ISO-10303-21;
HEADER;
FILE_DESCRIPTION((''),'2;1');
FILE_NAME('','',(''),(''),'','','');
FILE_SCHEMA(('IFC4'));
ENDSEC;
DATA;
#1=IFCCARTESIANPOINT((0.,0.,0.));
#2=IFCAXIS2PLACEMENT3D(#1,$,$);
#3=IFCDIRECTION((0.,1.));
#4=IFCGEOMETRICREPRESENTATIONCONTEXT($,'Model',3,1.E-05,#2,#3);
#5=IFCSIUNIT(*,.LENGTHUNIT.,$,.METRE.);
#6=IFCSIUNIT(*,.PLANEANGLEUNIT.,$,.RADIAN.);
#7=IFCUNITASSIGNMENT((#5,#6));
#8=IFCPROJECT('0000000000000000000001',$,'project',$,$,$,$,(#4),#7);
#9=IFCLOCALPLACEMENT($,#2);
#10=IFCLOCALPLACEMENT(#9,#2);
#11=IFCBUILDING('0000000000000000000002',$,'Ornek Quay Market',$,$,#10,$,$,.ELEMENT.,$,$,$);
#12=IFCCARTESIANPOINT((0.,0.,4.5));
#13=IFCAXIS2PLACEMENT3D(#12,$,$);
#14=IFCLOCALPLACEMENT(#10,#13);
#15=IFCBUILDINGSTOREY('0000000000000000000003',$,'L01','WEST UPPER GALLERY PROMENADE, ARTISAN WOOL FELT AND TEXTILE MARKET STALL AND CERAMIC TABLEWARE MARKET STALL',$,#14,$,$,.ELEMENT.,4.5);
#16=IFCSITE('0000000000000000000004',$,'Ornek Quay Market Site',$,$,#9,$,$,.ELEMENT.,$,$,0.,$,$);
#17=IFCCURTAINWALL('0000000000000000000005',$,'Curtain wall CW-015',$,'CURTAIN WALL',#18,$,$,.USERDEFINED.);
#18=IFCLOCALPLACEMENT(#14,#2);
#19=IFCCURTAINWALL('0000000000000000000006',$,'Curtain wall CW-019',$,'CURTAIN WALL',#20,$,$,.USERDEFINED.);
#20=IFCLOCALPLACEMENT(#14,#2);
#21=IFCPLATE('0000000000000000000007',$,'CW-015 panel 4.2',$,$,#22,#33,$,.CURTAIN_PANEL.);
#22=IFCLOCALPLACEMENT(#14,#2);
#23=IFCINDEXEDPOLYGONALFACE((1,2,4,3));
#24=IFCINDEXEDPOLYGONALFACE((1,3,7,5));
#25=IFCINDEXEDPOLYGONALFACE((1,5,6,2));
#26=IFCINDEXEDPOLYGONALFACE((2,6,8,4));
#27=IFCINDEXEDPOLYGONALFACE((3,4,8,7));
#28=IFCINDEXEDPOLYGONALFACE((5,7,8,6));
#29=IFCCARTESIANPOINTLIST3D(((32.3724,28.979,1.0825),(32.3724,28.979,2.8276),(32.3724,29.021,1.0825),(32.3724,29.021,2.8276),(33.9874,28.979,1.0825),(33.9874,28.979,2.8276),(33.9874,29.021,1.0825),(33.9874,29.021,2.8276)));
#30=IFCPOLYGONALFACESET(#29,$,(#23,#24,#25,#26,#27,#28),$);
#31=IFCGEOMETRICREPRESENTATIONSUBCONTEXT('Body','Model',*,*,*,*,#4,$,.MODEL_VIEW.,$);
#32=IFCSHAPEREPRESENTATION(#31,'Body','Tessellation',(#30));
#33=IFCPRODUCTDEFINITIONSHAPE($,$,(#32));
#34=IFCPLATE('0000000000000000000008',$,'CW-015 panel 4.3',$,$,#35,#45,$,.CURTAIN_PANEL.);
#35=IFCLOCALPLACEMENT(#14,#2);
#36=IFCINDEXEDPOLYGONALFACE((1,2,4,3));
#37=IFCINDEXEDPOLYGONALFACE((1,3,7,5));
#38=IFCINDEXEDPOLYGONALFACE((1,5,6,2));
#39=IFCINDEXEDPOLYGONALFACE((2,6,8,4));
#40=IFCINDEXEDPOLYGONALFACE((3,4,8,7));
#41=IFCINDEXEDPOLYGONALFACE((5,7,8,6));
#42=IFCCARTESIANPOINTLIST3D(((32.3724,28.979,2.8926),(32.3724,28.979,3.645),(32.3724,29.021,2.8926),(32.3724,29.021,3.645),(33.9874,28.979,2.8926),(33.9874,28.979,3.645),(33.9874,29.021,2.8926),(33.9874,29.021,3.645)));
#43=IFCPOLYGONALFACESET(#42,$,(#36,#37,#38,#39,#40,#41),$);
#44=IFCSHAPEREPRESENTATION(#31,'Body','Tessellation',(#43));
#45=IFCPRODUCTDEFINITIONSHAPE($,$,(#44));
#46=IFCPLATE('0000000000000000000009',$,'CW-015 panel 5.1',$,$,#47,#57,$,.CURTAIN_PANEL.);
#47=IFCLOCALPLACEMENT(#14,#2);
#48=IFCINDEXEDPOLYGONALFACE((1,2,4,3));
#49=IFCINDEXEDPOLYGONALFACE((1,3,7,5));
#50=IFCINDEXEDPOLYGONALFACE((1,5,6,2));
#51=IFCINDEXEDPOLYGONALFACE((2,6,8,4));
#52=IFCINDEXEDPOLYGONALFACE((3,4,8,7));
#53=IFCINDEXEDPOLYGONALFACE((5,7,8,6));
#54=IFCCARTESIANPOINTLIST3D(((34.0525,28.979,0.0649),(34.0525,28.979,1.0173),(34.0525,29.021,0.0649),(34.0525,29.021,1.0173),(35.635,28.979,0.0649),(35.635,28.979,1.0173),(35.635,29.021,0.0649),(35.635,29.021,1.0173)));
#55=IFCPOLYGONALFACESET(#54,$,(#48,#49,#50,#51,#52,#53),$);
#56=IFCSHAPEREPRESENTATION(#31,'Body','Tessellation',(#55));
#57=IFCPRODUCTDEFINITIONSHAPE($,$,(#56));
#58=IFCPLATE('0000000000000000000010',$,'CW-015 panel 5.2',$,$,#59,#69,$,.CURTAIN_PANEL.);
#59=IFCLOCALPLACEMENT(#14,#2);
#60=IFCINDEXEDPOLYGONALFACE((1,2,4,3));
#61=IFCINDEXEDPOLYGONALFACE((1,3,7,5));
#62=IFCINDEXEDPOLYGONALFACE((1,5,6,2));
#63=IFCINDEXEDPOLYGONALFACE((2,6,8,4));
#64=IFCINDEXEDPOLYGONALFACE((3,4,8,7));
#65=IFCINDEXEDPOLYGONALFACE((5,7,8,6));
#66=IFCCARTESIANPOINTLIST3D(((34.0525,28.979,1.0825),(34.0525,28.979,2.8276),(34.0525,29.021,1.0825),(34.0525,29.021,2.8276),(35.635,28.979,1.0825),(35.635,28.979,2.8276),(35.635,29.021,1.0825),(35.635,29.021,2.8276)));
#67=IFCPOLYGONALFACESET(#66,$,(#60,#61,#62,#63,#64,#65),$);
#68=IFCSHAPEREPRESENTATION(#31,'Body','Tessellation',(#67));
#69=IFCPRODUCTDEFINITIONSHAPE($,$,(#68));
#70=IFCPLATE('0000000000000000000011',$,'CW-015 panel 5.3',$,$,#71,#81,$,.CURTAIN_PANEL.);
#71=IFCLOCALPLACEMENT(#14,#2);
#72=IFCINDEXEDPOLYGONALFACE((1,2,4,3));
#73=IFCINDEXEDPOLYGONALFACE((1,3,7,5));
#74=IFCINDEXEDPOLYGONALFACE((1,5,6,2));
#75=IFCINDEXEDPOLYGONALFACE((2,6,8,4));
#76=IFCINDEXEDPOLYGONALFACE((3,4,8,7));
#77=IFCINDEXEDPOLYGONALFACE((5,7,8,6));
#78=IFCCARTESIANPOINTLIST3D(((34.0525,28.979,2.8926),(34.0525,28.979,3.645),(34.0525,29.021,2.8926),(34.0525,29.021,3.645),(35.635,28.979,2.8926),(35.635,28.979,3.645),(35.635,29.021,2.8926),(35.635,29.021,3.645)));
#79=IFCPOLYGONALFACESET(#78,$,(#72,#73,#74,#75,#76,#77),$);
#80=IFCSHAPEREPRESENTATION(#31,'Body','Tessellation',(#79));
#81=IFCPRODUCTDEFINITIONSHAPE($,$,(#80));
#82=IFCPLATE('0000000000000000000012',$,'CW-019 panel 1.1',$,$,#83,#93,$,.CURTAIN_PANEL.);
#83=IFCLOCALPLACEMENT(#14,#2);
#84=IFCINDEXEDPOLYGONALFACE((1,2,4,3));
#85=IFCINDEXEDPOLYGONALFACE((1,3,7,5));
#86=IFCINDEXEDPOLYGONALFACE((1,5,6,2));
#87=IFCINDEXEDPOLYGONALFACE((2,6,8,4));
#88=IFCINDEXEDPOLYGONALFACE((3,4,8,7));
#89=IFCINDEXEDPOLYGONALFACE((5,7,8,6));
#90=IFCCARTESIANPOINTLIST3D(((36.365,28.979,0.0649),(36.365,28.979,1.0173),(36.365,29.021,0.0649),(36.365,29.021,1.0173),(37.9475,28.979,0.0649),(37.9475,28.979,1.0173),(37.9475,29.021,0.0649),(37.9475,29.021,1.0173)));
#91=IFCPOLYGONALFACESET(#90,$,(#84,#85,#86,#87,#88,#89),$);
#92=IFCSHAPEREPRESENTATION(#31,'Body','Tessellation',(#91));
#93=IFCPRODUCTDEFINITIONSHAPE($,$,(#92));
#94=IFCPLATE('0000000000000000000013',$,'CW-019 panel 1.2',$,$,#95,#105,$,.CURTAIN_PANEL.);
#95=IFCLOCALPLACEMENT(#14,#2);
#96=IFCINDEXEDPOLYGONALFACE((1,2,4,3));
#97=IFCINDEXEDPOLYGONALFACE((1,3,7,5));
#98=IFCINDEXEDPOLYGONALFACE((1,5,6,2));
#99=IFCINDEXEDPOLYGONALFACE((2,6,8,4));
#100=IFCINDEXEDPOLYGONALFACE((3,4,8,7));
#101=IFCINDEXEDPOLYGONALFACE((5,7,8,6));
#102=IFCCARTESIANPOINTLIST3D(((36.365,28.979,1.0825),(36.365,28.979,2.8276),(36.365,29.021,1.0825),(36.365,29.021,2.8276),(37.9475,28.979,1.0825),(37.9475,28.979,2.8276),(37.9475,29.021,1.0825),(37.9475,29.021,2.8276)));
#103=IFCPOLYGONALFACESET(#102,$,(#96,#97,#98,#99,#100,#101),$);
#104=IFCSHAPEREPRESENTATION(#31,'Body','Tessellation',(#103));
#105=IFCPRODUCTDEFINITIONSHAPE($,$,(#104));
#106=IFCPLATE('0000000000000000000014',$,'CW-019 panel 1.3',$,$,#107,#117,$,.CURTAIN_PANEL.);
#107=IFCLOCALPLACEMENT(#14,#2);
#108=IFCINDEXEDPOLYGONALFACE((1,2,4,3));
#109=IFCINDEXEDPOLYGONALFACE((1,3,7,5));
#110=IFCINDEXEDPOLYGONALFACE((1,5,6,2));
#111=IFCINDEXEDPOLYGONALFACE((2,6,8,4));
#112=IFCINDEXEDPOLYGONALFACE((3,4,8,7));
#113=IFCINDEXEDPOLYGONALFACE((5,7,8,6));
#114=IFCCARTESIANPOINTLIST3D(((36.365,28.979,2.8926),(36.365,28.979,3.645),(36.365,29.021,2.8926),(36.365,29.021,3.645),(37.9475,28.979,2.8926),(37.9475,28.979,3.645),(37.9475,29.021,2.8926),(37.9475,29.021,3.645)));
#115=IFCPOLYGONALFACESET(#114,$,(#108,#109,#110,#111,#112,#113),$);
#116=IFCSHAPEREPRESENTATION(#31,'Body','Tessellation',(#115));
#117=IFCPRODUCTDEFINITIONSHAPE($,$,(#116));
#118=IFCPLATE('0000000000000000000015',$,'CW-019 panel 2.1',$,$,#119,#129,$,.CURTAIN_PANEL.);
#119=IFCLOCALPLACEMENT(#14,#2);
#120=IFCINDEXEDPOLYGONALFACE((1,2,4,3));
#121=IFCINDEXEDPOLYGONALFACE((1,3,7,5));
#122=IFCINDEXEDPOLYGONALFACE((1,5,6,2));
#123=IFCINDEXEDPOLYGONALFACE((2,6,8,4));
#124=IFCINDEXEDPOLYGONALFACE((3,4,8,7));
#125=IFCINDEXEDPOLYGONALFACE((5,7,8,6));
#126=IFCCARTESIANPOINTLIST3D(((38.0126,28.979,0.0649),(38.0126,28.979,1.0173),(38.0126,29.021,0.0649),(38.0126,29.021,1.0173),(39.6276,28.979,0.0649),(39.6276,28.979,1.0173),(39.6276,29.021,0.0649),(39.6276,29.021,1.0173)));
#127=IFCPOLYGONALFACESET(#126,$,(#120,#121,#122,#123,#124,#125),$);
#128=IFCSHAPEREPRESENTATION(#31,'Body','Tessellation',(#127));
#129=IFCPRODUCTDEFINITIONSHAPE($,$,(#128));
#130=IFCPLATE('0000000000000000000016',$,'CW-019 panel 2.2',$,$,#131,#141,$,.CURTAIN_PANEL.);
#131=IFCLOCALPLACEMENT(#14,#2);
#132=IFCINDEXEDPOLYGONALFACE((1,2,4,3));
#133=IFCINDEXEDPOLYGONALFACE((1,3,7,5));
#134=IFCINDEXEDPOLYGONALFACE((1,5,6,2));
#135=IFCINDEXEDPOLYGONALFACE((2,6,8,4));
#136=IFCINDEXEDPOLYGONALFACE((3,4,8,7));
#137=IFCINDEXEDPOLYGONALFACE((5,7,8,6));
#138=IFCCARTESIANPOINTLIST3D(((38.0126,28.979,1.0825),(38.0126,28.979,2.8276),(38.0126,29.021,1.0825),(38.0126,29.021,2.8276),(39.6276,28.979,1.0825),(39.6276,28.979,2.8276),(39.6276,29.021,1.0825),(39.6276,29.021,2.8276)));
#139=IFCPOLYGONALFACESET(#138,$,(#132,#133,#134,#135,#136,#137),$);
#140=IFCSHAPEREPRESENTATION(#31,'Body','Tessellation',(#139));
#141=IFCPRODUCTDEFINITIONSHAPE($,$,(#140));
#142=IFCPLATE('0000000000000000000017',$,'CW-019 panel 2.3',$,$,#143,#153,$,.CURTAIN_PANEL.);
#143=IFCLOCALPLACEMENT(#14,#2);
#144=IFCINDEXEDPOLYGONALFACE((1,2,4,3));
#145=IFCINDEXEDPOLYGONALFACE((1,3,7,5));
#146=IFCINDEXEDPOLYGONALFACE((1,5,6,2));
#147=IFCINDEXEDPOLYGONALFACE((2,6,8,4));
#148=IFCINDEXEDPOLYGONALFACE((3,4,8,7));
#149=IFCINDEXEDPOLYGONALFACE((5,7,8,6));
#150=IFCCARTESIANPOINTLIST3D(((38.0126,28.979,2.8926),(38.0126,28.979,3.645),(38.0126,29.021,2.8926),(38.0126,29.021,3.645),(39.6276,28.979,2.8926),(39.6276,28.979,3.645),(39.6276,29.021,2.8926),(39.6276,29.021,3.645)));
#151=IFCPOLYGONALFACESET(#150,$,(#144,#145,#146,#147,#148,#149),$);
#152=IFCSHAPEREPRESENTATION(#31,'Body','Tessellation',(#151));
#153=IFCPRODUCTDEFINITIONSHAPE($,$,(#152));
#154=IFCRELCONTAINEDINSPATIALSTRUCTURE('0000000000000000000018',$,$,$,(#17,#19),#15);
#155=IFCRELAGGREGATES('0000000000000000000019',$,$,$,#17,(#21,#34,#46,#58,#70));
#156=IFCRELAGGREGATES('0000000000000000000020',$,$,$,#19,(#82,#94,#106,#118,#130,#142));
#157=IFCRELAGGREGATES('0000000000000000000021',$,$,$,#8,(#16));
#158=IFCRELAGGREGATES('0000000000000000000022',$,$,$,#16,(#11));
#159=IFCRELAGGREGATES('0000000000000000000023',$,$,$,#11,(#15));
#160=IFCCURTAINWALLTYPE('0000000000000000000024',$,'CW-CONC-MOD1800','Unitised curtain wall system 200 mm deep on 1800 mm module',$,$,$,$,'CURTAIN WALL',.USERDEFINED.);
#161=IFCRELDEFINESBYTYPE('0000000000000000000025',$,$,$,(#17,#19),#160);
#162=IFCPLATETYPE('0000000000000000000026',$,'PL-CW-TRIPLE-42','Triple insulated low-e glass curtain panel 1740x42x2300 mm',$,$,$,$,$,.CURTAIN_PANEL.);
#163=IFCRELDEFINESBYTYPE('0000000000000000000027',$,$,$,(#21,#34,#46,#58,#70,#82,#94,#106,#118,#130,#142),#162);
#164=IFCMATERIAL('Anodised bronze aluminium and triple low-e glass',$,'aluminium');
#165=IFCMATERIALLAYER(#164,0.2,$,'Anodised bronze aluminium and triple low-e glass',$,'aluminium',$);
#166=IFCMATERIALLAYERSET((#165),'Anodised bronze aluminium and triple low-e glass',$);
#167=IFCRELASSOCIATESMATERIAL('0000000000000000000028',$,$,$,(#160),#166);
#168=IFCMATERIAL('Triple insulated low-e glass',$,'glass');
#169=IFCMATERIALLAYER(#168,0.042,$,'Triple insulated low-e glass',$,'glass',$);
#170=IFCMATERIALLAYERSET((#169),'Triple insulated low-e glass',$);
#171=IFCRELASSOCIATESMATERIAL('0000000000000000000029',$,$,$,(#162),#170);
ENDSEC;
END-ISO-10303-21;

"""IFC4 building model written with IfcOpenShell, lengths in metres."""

from ifc_helpers import new_model, si_unit, direction, frame, origin, origin_2d, place, context, subcontext, project, spatial, rectangle, extrude, material, layer, layer_set, type_object, element, aggregate, save


model = new_model("IFC4")

# Units and contexts
model_context = context("Model", 3, precision=1e-05, world=origin(), true_north=direction((0.0, 1.0)))
body_context = subcontext(model_context, "Body", "Model", "MODEL_VIEW")
ifc_project = project(units=[si_unit("LENGTHUNIT", "METRE"), si_unit("PLANEANGLEUNIT", "RADIAN")], contexts=[model_context])

# Site, building, storey
site_placement = place(None, origin())
site = spatial("IfcSite", under=ifc_project, at=site_placement, Name="Ornek Quay Market Site", CompositionType="ELEMENT", RefElevation=0.0)
building_placement = place(site_placement, origin())
building = spatial("IfcBuilding", under=site, at=building_placement, Name="Ornek Quay Market", CompositionType="ELEMENT")
storey_placement = place(building_placement, frame((0.0, 0.0, 4.5)))
storey = spatial("IfcBuildingStorey", under=building, at=storey_placement, Name="L01", Description="WEST UPPER GALLERY PROMENADE, ARTISAN WOOL FELT AND TEXTILE MARKET STALL AND CERAMIC TABLEWARE MARKET STALL", CompositionType="ELEMENT", Elevation=4.5)

# Curtain walls
ifc_material_1 = material(Name="Anodised bronze aluminium and triple low-e glass", Category="aluminium")
ifc_layer_1 = layer(ifc_material_1, 0.2, Name="Anodised bronze aluminium and triple low-e glass", Category="aluminium")
ifc_layer_set_1 = layer_set([ifc_layer_1], Name="Anodised bronze aluminium and triple low-e glass")
curtain_wall_type = type_object("IfcCurtainWallType", Name="CW-CONC-MOD1800", Description="Unitised curtain wall system 200 mm deep on 1800 mm module", ElementType="CURTAIN WALL", PredefinedType="USERDEFINED", material=ifc_layer_set_1)
curtain_wall_1_placement = place(storey_placement, origin())
curtain_wall_1 = element("IfcCurtainWall", 1, at=curtain_wall_1_placement, inside=storey, type_object=curtain_wall_type, Name="Curtain wall CW-015", ObjectType="CURTAIN WALL", PredefinedType="USERDEFINED")
curtain_wall_2_placement = place(storey_placement, origin())
curtain_wall_2 = element("IfcCurtainWall", 2, at=curtain_wall_2_placement, inside=storey, type_object=curtain_wall_type, Name="Curtain wall CW-019", ObjectType="CURTAIN WALL", PredefinedType="USERDEFINED")

# Plates
ifc_material_2 = material(Name="Triple insulated low-e glass", Category="glass")
ifc_layer_2 = layer(ifc_material_2, 0.042, Name="Triple insulated low-e glass", Category="glass")
ifc_layer_set_2 = layer_set([ifc_layer_2], Name="Triple insulated low-e glass")
plate_type = type_object("IfcPlateType", Name="PL-CW-TRIPLE-42", Description="Triple insulated low-e glass curtain panel 1740x42x2300 mm", PredefinedType="CURTAIN_PANEL", material=ifc_layer_set_2)
plate_1_placement = place(storey_placement, frame((33.1799, 29.0, 1.0825), z_axis=(0.0, 0.0, 1.0), x_axis=(1.0, 0.0, 0.0)))
plate_1 = element("IfcPlate", 3, at=plate_1_placement, type_object=plate_type, Name="CW-015 panel 4.2", PredefinedType="CURTAIN_PANEL", context=body_context, shape_type="SweptSolid", body=[
    extrude(rectangle(XDim=1.615, YDim=0.042, at=origin_2d()), origin(), (0.0, 0.0, 1.0), 1.7451),
])
plate_2_placement = place(storey_placement, frame((33.1799, 29.0, 2.8926), z_axis=(0.0, 0.0, 1.0), x_axis=(1.0, 0.0, 0.0)))
plate_2 = element("IfcPlate", 4, at=plate_2_placement, type_object=plate_type, Name="CW-015 panel 4.3", PredefinedType="CURTAIN_PANEL", context=body_context, shape_type="SweptSolid", body=[
    extrude(rectangle(XDim=1.615, YDim=0.042, at=origin_2d()), origin(), (0.0, 0.0, 1.0), 0.7524),
])
plate_3_placement = place(storey_placement, frame((34.8438, 29.0, 0.0649), z_axis=(0.0, 0.0, 1.0), x_axis=(1.0, 0.0, 0.0)))
plate_3 = element("IfcPlate", 5, at=plate_3_placement, type_object=plate_type, Name="CW-015 panel 5.1", PredefinedType="CURTAIN_PANEL", context=body_context, shape_type="SweptSolid", body=[
    extrude(rectangle(XDim=1.5825, YDim=0.042, at=origin_2d()), origin(), (0.0, 0.0, 1.0), 0.9524),
])
plate_4_placement = place(storey_placement, frame((34.8438, 29.0, 1.0825), z_axis=(0.0, 0.0, 1.0), x_axis=(1.0, 0.0, 0.0)))
plate_4 = element("IfcPlate", 6, at=plate_4_placement, type_object=plate_type, Name="CW-015 panel 5.2", PredefinedType="CURTAIN_PANEL", context=body_context, shape_type="SweptSolid", body=[
    extrude(rectangle(XDim=1.5825, YDim=0.042, at=origin_2d()), origin(), (0.0, 0.0, 1.0), 1.7451),
])
plate_5_placement = place(storey_placement, frame((34.8438, 29.0, 2.8926), z_axis=(0.0, 0.0, 1.0), x_axis=(1.0, 0.0, 0.0)))
plate_5 = element("IfcPlate", 7, at=plate_5_placement, type_object=plate_type, Name="CW-015 panel 5.3", PredefinedType="CURTAIN_PANEL", context=body_context, shape_type="SweptSolid", body=[
    extrude(rectangle(XDim=1.5825, YDim=0.042, at=origin_2d()), origin(), (0.0, 0.0, 1.0), 0.7524),
])
aggregate(curtain_wall_1, [plate_1, plate_2, plate_3, plate_4, plate_5])
plate_6_placement = place(storey_placement, frame((37.1562, 29.0, 0.0649), z_axis=(0.0, 0.0, 1.0), x_axis=(1.0, 0.0, 0.0)))
plate_6 = element("IfcPlate", 8, at=plate_6_placement, type_object=plate_type, Name="CW-019 panel 1.1", PredefinedType="CURTAIN_PANEL", context=body_context, shape_type="SweptSolid", body=[
    extrude(rectangle(XDim=1.5825, YDim=0.042, at=origin_2d()), origin(), (0.0, 0.0, 1.0), 0.9524),
])
plate_7_placement = place(storey_placement, frame((37.1562, 29.0, 1.0825), z_axis=(0.0, 0.0, 1.0), x_axis=(1.0, 0.0, 0.0)))
plate_7 = element("IfcPlate", 9, at=plate_7_placement, type_object=plate_type, Name="CW-019 panel 1.2", PredefinedType="CURTAIN_PANEL", context=body_context, shape_type="SweptSolid", body=[
    extrude(rectangle(XDim=1.5825, YDim=0.042, at=origin_2d()), origin(), (0.0, 0.0, 1.0), 1.7451),
])
plate_8_placement = place(storey_placement, frame((37.1562, 29.0, 2.8926), z_axis=(0.0, 0.0, 1.0), x_axis=(1.0, 0.0, 0.0)))
plate_8 = element("IfcPlate", 10, at=plate_8_placement, type_object=plate_type, Name="CW-019 panel 1.3", PredefinedType="CURTAIN_PANEL", context=body_context, shape_type="SweptSolid", body=[
    extrude(rectangle(XDim=1.5825, YDim=0.042, at=origin_2d()), origin(), (0.0, 0.0, 1.0), 0.7524),
])
plate_9_placement = place(storey_placement, frame((38.8201, 29.0, 0.0649), z_axis=(0.0, 0.0, 1.0), x_axis=(1.0, 0.0, 0.0)))
plate_9 = element("IfcPlate", 11, at=plate_9_placement, type_object=plate_type, Name="CW-019 panel 2.1", PredefinedType="CURTAIN_PANEL", context=body_context, shape_type="SweptSolid", body=[
    extrude(rectangle(XDim=1.615, YDim=0.042, at=origin_2d()), origin(), (0.0, 0.0, 1.0), 0.9524),
])
plate_10_placement = place(storey_placement, frame((38.8201, 29.0, 1.0825), z_axis=(0.0, 0.0, 1.0), x_axis=(1.0, 0.0, 0.0)))
plate_10 = element("IfcPlate", 12, at=plate_10_placement, type_object=plate_type, Name="CW-019 panel 2.2", PredefinedType="CURTAIN_PANEL", context=body_context, shape_type="SweptSolid", body=[
    extrude(rectangle(XDim=1.615, YDim=0.042, at=origin_2d()), origin(), (0.0, 0.0, 1.0), 1.7451),
])
plate_11_placement = place(storey_placement, frame((38.8201, 29.0, 2.8926), z_axis=(0.0, 0.0, 1.0), x_axis=(1.0, 0.0, 0.0)))
plate_11 = element("IfcPlate", 13, at=plate_11_placement, type_object=plate_type, Name="CW-019 panel 2.3", PredefinedType="CURTAIN_PANEL", context=body_context, shape_type="SweptSolid", body=[
    extrude(rectangle(XDim=1.615, YDim=0.042, at=origin_2d()), origin(), (0.0, 0.0, 1.0), 0.7524),
])
aggregate(curtain_wall_2, [plate_6, plate_7, plate_8, plate_9, plate_10, plate_11])

save(model, "model.ifc")
